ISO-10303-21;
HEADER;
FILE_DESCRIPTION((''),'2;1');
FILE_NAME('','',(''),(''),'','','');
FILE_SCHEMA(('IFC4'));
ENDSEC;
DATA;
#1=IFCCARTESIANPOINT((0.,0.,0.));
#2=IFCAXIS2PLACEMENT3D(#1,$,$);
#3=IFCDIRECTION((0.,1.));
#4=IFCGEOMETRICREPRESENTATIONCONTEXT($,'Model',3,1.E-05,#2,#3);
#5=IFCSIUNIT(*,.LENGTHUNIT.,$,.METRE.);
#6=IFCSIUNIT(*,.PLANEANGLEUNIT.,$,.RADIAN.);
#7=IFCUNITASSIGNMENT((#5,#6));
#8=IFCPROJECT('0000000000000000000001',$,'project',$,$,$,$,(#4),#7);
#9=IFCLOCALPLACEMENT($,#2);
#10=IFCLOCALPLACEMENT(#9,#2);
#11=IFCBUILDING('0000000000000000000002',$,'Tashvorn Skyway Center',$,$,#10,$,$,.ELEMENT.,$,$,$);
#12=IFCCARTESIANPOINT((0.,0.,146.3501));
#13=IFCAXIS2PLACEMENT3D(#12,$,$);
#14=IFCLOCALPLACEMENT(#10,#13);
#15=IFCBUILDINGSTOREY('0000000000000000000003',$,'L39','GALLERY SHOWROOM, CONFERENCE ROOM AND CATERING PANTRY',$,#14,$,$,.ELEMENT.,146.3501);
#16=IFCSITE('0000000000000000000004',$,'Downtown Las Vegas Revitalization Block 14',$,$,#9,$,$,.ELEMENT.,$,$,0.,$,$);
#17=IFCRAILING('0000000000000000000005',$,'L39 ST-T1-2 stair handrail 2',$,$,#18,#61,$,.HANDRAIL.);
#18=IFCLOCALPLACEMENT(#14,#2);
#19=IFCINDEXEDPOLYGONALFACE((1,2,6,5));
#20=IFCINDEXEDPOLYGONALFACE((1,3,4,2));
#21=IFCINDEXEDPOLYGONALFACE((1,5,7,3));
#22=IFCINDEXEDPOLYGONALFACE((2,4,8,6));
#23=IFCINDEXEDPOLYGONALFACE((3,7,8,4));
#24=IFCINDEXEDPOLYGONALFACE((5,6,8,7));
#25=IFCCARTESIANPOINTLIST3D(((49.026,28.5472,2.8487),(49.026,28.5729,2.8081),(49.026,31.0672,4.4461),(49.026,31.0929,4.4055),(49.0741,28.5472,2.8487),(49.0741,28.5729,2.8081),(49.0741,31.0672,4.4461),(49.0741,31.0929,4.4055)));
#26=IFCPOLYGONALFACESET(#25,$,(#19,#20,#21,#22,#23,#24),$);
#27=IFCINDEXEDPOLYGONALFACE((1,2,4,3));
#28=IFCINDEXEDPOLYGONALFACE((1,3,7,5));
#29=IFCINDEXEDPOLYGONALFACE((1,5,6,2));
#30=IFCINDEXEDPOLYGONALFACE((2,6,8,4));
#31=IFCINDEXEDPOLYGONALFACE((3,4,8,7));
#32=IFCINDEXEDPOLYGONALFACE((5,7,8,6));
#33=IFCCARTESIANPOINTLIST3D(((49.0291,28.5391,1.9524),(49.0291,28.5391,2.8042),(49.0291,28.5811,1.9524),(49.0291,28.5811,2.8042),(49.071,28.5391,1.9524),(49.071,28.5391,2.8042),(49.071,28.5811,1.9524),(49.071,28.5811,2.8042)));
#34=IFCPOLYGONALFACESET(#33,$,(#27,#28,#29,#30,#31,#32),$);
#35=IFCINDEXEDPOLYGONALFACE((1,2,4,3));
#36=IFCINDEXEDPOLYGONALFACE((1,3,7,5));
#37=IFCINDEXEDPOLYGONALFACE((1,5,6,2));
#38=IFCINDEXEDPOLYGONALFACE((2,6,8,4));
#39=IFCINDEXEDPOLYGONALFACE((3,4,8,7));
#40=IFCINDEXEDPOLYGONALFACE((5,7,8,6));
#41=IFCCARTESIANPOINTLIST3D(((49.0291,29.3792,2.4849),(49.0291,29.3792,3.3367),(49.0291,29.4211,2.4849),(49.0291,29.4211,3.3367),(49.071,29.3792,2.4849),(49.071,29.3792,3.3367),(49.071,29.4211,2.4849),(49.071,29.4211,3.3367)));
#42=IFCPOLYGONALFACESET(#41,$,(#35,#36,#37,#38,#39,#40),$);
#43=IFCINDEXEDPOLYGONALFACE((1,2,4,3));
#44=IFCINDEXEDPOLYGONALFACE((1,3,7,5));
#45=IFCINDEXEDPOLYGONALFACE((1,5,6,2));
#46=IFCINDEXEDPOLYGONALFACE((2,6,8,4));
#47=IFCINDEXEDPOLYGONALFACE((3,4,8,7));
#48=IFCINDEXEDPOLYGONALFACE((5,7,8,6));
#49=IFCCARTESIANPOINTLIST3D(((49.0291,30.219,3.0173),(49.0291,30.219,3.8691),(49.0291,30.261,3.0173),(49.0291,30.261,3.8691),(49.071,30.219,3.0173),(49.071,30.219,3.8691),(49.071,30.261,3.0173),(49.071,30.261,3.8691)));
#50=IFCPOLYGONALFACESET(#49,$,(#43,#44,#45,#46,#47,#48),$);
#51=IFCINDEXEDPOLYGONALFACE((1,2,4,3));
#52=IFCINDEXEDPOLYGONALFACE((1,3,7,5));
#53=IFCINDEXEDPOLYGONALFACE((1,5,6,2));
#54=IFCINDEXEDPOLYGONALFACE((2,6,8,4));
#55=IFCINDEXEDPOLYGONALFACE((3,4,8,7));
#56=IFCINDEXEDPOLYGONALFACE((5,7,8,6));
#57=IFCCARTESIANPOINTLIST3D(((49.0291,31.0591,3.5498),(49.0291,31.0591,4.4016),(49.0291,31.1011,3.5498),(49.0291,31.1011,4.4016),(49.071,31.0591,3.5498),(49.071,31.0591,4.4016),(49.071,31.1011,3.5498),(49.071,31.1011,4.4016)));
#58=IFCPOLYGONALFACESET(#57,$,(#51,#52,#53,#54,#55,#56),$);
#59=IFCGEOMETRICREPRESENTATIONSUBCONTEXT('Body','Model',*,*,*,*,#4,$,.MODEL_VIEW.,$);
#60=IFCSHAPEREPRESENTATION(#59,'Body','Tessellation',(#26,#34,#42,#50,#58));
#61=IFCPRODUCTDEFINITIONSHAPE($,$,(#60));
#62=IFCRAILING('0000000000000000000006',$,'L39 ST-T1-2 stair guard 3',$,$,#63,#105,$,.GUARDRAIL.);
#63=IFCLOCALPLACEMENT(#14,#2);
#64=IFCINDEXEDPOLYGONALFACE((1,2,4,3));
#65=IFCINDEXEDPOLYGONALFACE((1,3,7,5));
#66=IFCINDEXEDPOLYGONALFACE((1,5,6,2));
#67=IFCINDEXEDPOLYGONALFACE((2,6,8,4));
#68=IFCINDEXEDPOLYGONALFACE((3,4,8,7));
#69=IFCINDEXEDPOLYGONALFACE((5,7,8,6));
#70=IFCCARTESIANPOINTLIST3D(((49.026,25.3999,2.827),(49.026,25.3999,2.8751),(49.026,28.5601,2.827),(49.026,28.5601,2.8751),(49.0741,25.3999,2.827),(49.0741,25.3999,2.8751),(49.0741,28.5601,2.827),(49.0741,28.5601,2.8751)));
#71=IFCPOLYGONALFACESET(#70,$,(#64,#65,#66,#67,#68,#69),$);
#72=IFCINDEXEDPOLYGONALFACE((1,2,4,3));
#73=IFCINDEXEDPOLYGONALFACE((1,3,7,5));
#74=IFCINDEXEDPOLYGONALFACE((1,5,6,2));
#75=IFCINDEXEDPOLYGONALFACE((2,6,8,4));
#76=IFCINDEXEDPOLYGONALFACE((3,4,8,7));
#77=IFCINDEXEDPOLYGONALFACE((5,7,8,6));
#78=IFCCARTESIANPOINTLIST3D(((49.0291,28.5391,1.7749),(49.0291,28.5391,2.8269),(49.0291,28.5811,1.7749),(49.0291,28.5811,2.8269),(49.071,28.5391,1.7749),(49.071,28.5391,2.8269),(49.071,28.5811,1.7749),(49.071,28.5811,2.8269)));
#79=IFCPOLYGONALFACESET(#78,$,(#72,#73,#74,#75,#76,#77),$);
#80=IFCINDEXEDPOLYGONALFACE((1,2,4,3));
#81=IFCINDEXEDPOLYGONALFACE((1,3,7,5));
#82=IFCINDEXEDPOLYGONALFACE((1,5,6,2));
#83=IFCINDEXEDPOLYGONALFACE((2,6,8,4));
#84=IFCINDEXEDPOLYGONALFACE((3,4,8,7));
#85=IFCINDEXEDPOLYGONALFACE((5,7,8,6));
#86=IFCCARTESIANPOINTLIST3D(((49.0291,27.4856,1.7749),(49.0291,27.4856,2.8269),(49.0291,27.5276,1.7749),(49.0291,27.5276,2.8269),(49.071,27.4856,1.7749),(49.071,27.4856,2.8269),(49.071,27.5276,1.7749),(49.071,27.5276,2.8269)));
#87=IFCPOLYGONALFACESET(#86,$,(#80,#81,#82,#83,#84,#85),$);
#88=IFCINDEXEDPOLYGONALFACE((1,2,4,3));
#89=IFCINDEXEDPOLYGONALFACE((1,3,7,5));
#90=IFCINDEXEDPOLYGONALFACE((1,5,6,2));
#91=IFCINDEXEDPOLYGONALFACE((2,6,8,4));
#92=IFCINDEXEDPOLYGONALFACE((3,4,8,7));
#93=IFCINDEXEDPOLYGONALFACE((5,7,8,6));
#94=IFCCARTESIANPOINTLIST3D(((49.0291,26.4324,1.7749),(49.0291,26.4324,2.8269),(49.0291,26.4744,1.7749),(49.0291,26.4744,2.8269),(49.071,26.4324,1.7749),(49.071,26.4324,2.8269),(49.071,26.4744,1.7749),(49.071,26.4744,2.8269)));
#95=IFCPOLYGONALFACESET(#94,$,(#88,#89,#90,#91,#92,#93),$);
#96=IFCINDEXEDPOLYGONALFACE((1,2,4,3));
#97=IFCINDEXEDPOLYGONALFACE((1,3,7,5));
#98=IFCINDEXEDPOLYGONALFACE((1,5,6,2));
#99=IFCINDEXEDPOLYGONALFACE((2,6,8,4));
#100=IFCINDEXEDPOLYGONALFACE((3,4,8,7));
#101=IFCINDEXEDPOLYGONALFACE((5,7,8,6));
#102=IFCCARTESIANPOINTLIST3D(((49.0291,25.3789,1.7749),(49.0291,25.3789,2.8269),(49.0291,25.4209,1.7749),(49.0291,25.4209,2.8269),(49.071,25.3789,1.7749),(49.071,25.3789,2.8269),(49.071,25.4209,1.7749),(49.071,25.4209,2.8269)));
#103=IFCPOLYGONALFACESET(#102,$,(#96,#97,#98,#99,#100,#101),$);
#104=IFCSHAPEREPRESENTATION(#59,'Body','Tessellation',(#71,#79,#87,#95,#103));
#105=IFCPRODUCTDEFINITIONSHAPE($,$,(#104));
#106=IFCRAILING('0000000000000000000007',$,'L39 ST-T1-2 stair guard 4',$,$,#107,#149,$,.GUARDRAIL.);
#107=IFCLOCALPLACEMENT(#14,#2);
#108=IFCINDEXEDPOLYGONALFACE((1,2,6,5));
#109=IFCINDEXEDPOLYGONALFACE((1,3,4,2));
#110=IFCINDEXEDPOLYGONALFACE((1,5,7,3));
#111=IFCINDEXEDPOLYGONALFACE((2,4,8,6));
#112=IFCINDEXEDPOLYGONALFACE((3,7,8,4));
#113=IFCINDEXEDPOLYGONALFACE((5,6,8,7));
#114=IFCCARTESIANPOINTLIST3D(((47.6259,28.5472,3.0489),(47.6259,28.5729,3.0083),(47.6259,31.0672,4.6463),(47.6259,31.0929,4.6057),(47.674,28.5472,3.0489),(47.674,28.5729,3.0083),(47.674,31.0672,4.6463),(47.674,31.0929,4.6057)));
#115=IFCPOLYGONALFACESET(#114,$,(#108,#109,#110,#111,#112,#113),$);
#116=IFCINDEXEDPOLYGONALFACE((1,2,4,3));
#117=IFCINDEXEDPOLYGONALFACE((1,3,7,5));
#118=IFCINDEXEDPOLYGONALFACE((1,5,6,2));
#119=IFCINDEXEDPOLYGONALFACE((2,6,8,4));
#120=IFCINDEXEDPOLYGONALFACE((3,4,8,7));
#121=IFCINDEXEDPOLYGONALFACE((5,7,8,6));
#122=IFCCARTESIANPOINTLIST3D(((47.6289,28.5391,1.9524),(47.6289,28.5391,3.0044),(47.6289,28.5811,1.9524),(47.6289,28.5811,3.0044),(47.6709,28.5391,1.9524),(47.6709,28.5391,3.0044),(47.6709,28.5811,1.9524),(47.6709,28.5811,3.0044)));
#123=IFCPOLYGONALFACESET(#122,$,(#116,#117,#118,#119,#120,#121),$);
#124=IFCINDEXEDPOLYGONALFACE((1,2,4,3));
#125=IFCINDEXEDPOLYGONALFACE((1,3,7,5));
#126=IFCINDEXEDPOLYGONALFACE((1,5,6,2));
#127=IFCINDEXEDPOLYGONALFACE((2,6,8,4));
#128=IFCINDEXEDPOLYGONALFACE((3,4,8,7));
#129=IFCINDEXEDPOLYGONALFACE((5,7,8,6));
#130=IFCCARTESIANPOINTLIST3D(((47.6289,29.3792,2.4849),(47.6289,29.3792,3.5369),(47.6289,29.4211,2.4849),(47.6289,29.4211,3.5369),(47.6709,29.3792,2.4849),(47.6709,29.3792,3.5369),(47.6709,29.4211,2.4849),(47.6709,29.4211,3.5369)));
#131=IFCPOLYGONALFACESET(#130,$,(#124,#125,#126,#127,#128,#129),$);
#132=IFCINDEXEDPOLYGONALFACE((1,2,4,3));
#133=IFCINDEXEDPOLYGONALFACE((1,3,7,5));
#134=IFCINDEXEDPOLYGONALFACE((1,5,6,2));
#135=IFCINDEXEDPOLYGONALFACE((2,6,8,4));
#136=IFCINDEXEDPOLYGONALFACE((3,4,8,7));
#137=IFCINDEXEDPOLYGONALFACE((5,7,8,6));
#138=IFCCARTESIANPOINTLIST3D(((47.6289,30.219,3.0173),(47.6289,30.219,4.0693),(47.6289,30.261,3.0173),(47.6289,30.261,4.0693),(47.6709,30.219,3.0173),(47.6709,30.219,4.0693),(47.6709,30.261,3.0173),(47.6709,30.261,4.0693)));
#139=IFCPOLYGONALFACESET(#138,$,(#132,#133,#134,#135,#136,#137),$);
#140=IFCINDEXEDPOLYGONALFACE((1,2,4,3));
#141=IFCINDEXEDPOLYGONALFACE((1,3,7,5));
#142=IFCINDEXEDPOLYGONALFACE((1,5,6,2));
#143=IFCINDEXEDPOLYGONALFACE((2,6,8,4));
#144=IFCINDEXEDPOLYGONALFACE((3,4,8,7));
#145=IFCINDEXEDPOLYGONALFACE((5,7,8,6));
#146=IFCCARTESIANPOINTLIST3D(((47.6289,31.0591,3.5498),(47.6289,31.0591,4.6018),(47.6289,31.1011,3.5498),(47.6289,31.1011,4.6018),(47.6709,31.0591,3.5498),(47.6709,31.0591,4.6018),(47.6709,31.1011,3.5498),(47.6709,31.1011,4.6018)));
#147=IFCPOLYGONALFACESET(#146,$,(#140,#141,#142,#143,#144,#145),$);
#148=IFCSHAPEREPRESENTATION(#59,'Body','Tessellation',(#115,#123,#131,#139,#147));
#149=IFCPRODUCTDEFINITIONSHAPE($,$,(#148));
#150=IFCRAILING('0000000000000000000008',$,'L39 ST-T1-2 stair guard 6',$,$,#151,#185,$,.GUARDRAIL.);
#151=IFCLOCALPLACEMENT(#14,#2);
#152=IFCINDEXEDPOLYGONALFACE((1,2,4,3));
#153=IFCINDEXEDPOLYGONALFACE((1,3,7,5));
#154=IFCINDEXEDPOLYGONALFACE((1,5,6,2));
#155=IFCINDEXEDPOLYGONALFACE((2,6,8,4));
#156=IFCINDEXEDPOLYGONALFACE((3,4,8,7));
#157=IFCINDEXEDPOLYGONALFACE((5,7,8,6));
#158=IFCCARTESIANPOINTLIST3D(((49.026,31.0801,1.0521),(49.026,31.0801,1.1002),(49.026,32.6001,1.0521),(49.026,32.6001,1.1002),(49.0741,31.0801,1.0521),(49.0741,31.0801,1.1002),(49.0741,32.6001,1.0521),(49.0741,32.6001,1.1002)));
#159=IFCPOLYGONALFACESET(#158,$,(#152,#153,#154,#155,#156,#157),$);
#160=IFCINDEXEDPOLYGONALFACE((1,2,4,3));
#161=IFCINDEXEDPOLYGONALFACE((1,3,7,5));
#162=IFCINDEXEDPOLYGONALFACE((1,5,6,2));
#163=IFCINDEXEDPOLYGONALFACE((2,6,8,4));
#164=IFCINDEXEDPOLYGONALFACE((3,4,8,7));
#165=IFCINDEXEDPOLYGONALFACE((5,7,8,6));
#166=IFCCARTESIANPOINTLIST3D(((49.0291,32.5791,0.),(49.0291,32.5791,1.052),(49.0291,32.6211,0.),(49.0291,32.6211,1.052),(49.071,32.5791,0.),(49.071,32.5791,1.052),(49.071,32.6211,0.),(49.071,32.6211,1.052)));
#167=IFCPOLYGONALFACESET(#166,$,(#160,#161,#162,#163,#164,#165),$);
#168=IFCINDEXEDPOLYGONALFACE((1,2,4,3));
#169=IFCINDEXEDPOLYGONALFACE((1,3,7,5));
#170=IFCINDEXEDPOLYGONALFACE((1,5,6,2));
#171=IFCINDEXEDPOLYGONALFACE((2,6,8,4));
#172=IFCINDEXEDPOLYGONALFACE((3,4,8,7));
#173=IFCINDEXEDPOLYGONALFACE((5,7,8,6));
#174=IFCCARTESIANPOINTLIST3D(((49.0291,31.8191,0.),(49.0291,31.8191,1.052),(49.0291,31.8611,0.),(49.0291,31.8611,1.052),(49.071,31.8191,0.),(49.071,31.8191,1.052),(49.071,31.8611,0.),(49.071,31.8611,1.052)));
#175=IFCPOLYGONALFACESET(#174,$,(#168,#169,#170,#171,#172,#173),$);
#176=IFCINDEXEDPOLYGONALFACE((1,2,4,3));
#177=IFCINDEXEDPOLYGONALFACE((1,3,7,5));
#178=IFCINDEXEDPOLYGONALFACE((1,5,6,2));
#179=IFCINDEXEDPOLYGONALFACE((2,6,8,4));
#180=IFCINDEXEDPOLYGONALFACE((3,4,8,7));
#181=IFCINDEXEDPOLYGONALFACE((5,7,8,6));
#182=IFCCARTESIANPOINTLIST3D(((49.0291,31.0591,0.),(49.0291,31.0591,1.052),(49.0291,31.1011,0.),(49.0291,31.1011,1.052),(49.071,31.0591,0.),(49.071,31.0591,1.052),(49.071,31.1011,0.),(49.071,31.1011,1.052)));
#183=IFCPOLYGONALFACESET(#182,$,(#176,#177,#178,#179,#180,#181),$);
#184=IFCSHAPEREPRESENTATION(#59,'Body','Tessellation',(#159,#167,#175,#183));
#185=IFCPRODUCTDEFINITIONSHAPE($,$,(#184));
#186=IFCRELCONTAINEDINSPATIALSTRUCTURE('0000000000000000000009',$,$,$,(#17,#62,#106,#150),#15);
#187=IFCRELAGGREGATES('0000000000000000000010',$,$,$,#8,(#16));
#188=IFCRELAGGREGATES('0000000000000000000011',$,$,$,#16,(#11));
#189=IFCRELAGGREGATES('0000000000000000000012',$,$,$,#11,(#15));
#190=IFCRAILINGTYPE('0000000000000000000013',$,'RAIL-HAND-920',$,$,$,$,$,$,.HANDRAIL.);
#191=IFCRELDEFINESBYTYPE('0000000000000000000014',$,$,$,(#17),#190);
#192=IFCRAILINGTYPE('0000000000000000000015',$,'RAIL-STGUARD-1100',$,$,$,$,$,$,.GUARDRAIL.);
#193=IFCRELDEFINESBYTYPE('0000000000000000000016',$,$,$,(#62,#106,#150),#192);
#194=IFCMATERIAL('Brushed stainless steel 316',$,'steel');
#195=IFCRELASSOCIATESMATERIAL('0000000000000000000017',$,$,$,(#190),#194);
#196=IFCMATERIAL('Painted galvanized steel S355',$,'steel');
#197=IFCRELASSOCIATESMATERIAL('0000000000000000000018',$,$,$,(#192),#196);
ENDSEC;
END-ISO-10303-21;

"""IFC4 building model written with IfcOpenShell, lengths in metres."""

from ifc_helpers import new_model, si_unit, direction, frame, origin, origin_2d, place, context, subcontext, project, spatial, rectangle, extrude, material, type_object, element, save


model = new_model("IFC4")

# Units and contexts
model_context = context("Model", 3, precision=1e-05, world=origin(), true_north=direction((0.0, 1.0)))
body_context = subcontext(model_context, "Body", "Model", "MODEL_VIEW")
ifc_project = project(units=[si_unit("LENGTHUNIT", "METRE"), si_unit("PLANEANGLEUNIT", "RADIAN")], contexts=[model_context])

# Site, building, storey
site_placement = place(None, origin())
site = spatial("IfcSite", under=ifc_project, at=site_placement, Name="Downtown Las Vegas Revitalization Block 14", CompositionType="ELEMENT", RefElevation=0.0)
building_placement = place(site_placement, origin())
building = spatial("IfcBuilding", under=site, at=building_placement, Name="Tashvorn Skyway Center", CompositionType="ELEMENT")
storey_placement = place(building_placement, frame((0.0, 0.0, 146.3501)))
storey = spatial("IfcBuildingStorey", under=building, at=storey_placement, Name="L39", Description="GALLERY SHOWROOM, CONFERENCE ROOM AND CATERING PANTRY", CompositionType="ELEMENT", Elevation=146.3501)

# Railings
ifc_material_1 = material(Name="Brushed stainless steel 316", Category="steel")
railing_type_1 = type_object("IfcRailingType", Name="RAIL-HAND-920", PredefinedType="HANDRAIL", material=ifc_material_1)
railing_1_placement = place(storey_placement, frame((49.05, 28.5601, 1.9524)))
element("IfcRailing", 1, at=railing_1_placement, inside=storey, type_object=railing_type_1, Name="L39 ST-T1-2 stair handrail 2", PredefinedType="HANDRAIL", context=body_context, shape_type="SweptSolid", body=[
    extrude(rectangle(XDim=0.0481, YDim=0.0481, at=origin_2d()), frame((0.0, 0.0, 0.876), z_axis=(0.0, 0.844607, 0.535387), x_axis=(-1.0, 0.0, 0.0)), (0.0, 0.0, 1.0), 2.9836),
    extrude(rectangle(XDim=0.042, YDim=0.042, at=origin_2d()), origin(), (0.0, 0.0, 1.0), 0.8518),
    extrude(rectangle(XDim=0.042, YDim=0.042, at=origin_2d()), frame((0.0, 0.8401, 0.5325)), (0.0, 0.0, 1.0), 0.8518),
    extrude(rectangle(XDim=0.042, YDim=0.042, at=origin_2d()), frame((0.0, 1.6799, 1.0649)), (0.0, 0.0, 1.0), 0.8518),
    extrude(rectangle(XDim=0.042, YDim=0.042, at=origin_2d()), frame((0.0, 2.52, 1.5974)), (0.0, 0.0, 1.0), 0.8518),
])
ifc_material_2 = material(Name="Painted galvanized steel S355", Category="steel")
railing_type_2 = type_object("IfcRailingType", Name="RAIL-STGUARD-1100", PredefinedType="GUARDRAIL", material=ifc_material_2)
railing_2_placement = place(storey_placement, frame((49.05, 28.5601, 1.7749)))
element("IfcRailing", 2, at=railing_2_placement, inside=storey, type_object=railing_type_2, Name="L39 ST-T1-2 stair guard 3", PredefinedType="GUARDRAIL", context=body_context, shape_type="SweptSolid", body=[
    extrude(rectangle(XDim=0.0481, YDim=0.0481, at=origin_2d()), frame((0.0, 0.0, 1.0762), z_axis=(0.0, -1.0, 0.0), x_axis=(1.0, 0.0, 0.0)), (0.0, 0.0, 1.0), 3.1602),
    extrude(rectangle(XDim=0.042, YDim=0.042, at=origin_2d()), origin(), (0.0, 0.0, 1.0), 1.052),
    extrude(rectangle(XDim=0.042, YDim=0.042, at=origin_2d()), frame((0.0, -1.0535, 0.0)), (0.0, 0.0, 1.0), 1.052),
    extrude(rectangle(XDim=0.042, YDim=0.042, at=origin_2d()), frame((0.0, -2.1067, 0.0)), (0.0, 0.0, 1.0), 1.052),
    extrude(rectangle(XDim=0.042, YDim=0.042, at=origin_2d()), frame((0.0, -3.1602, 0.0)), (0.0, 0.0, 1.0), 1.052),
])
railing_3_placement = place(storey_placement, frame((47.6499, 28.5601, 1.9524)))
element("IfcRailing", 3, at=railing_3_placement, inside=storey, type_object=railing_type_2, Name="L39 ST-T1-2 stair guard 4", PredefinedType="GUARDRAIL", context=body_context, shape_type="SweptSolid", body=[
    extrude(rectangle(XDim=0.0481, YDim=0.0481, at=origin_2d()), frame((0.0, 0.0, 1.0762), z_axis=(0.0, 0.844607, 0.535387), x_axis=(-1.0, 0.0, 0.0)), (0.0, 0.0, 1.0), 2.9836),
    extrude(rectangle(XDim=0.042, YDim=0.042, at=origin_2d()), origin(), (0.0, 0.0, 1.0), 1.052),
    extrude(rectangle(XDim=0.042, YDim=0.042, at=origin_2d()), frame((0.0, 0.8401, 0.5325)), (0.0, 0.0, 1.0), 1.052),
    extrude(rectangle(XDim=0.042, YDim=0.042, at=origin_2d()), frame((0.0, 1.6799, 1.0649)), (0.0, 0.0, 1.0), 1.052),
    extrude(rectangle(XDim=0.042, YDim=0.042, at=origin_2d()), frame((0.0, 2.52, 1.5974)), (0.0, 0.0, 1.0), 1.052),
])
railing_4_placement = place(storey_placement, frame((49.05, 32.6001, 0.0)))
element("IfcRailing", 4, at=railing_4_placement, inside=storey, type_object=railing_type_2, Name="L39 ST-T1-2 stair guard 6", PredefinedType="GUARDRAIL", context=body_context, shape_type="SweptSolid", body=[
    extrude(rectangle(XDim=0.0481, YDim=0.0481, at=origin_2d()), frame((0.0, 0.0, 1.0762), z_axis=(0.0, -1.0, 0.0), x_axis=(1.0, 0.0, 0.0)), (0.0, 0.0, 1.0), 1.52),
    extrude(rectangle(XDim=0.042, YDim=0.042, at=origin_2d()), origin(), (0.0, 0.0, 1.0), 1.052),
    extrude(rectangle(XDim=0.042, YDim=0.042, at=origin_2d()), frame((0.0, -0.76, 0.0)), (0.0, 0.0, 1.0), 1.052),
    extrude(rectangle(XDim=0.042, YDim=0.042, at=origin_2d()), frame((0.0, -1.52, 0.0)), (0.0, 0.0, 1.0), 1.052),
])

save(model, "model.ifc")
